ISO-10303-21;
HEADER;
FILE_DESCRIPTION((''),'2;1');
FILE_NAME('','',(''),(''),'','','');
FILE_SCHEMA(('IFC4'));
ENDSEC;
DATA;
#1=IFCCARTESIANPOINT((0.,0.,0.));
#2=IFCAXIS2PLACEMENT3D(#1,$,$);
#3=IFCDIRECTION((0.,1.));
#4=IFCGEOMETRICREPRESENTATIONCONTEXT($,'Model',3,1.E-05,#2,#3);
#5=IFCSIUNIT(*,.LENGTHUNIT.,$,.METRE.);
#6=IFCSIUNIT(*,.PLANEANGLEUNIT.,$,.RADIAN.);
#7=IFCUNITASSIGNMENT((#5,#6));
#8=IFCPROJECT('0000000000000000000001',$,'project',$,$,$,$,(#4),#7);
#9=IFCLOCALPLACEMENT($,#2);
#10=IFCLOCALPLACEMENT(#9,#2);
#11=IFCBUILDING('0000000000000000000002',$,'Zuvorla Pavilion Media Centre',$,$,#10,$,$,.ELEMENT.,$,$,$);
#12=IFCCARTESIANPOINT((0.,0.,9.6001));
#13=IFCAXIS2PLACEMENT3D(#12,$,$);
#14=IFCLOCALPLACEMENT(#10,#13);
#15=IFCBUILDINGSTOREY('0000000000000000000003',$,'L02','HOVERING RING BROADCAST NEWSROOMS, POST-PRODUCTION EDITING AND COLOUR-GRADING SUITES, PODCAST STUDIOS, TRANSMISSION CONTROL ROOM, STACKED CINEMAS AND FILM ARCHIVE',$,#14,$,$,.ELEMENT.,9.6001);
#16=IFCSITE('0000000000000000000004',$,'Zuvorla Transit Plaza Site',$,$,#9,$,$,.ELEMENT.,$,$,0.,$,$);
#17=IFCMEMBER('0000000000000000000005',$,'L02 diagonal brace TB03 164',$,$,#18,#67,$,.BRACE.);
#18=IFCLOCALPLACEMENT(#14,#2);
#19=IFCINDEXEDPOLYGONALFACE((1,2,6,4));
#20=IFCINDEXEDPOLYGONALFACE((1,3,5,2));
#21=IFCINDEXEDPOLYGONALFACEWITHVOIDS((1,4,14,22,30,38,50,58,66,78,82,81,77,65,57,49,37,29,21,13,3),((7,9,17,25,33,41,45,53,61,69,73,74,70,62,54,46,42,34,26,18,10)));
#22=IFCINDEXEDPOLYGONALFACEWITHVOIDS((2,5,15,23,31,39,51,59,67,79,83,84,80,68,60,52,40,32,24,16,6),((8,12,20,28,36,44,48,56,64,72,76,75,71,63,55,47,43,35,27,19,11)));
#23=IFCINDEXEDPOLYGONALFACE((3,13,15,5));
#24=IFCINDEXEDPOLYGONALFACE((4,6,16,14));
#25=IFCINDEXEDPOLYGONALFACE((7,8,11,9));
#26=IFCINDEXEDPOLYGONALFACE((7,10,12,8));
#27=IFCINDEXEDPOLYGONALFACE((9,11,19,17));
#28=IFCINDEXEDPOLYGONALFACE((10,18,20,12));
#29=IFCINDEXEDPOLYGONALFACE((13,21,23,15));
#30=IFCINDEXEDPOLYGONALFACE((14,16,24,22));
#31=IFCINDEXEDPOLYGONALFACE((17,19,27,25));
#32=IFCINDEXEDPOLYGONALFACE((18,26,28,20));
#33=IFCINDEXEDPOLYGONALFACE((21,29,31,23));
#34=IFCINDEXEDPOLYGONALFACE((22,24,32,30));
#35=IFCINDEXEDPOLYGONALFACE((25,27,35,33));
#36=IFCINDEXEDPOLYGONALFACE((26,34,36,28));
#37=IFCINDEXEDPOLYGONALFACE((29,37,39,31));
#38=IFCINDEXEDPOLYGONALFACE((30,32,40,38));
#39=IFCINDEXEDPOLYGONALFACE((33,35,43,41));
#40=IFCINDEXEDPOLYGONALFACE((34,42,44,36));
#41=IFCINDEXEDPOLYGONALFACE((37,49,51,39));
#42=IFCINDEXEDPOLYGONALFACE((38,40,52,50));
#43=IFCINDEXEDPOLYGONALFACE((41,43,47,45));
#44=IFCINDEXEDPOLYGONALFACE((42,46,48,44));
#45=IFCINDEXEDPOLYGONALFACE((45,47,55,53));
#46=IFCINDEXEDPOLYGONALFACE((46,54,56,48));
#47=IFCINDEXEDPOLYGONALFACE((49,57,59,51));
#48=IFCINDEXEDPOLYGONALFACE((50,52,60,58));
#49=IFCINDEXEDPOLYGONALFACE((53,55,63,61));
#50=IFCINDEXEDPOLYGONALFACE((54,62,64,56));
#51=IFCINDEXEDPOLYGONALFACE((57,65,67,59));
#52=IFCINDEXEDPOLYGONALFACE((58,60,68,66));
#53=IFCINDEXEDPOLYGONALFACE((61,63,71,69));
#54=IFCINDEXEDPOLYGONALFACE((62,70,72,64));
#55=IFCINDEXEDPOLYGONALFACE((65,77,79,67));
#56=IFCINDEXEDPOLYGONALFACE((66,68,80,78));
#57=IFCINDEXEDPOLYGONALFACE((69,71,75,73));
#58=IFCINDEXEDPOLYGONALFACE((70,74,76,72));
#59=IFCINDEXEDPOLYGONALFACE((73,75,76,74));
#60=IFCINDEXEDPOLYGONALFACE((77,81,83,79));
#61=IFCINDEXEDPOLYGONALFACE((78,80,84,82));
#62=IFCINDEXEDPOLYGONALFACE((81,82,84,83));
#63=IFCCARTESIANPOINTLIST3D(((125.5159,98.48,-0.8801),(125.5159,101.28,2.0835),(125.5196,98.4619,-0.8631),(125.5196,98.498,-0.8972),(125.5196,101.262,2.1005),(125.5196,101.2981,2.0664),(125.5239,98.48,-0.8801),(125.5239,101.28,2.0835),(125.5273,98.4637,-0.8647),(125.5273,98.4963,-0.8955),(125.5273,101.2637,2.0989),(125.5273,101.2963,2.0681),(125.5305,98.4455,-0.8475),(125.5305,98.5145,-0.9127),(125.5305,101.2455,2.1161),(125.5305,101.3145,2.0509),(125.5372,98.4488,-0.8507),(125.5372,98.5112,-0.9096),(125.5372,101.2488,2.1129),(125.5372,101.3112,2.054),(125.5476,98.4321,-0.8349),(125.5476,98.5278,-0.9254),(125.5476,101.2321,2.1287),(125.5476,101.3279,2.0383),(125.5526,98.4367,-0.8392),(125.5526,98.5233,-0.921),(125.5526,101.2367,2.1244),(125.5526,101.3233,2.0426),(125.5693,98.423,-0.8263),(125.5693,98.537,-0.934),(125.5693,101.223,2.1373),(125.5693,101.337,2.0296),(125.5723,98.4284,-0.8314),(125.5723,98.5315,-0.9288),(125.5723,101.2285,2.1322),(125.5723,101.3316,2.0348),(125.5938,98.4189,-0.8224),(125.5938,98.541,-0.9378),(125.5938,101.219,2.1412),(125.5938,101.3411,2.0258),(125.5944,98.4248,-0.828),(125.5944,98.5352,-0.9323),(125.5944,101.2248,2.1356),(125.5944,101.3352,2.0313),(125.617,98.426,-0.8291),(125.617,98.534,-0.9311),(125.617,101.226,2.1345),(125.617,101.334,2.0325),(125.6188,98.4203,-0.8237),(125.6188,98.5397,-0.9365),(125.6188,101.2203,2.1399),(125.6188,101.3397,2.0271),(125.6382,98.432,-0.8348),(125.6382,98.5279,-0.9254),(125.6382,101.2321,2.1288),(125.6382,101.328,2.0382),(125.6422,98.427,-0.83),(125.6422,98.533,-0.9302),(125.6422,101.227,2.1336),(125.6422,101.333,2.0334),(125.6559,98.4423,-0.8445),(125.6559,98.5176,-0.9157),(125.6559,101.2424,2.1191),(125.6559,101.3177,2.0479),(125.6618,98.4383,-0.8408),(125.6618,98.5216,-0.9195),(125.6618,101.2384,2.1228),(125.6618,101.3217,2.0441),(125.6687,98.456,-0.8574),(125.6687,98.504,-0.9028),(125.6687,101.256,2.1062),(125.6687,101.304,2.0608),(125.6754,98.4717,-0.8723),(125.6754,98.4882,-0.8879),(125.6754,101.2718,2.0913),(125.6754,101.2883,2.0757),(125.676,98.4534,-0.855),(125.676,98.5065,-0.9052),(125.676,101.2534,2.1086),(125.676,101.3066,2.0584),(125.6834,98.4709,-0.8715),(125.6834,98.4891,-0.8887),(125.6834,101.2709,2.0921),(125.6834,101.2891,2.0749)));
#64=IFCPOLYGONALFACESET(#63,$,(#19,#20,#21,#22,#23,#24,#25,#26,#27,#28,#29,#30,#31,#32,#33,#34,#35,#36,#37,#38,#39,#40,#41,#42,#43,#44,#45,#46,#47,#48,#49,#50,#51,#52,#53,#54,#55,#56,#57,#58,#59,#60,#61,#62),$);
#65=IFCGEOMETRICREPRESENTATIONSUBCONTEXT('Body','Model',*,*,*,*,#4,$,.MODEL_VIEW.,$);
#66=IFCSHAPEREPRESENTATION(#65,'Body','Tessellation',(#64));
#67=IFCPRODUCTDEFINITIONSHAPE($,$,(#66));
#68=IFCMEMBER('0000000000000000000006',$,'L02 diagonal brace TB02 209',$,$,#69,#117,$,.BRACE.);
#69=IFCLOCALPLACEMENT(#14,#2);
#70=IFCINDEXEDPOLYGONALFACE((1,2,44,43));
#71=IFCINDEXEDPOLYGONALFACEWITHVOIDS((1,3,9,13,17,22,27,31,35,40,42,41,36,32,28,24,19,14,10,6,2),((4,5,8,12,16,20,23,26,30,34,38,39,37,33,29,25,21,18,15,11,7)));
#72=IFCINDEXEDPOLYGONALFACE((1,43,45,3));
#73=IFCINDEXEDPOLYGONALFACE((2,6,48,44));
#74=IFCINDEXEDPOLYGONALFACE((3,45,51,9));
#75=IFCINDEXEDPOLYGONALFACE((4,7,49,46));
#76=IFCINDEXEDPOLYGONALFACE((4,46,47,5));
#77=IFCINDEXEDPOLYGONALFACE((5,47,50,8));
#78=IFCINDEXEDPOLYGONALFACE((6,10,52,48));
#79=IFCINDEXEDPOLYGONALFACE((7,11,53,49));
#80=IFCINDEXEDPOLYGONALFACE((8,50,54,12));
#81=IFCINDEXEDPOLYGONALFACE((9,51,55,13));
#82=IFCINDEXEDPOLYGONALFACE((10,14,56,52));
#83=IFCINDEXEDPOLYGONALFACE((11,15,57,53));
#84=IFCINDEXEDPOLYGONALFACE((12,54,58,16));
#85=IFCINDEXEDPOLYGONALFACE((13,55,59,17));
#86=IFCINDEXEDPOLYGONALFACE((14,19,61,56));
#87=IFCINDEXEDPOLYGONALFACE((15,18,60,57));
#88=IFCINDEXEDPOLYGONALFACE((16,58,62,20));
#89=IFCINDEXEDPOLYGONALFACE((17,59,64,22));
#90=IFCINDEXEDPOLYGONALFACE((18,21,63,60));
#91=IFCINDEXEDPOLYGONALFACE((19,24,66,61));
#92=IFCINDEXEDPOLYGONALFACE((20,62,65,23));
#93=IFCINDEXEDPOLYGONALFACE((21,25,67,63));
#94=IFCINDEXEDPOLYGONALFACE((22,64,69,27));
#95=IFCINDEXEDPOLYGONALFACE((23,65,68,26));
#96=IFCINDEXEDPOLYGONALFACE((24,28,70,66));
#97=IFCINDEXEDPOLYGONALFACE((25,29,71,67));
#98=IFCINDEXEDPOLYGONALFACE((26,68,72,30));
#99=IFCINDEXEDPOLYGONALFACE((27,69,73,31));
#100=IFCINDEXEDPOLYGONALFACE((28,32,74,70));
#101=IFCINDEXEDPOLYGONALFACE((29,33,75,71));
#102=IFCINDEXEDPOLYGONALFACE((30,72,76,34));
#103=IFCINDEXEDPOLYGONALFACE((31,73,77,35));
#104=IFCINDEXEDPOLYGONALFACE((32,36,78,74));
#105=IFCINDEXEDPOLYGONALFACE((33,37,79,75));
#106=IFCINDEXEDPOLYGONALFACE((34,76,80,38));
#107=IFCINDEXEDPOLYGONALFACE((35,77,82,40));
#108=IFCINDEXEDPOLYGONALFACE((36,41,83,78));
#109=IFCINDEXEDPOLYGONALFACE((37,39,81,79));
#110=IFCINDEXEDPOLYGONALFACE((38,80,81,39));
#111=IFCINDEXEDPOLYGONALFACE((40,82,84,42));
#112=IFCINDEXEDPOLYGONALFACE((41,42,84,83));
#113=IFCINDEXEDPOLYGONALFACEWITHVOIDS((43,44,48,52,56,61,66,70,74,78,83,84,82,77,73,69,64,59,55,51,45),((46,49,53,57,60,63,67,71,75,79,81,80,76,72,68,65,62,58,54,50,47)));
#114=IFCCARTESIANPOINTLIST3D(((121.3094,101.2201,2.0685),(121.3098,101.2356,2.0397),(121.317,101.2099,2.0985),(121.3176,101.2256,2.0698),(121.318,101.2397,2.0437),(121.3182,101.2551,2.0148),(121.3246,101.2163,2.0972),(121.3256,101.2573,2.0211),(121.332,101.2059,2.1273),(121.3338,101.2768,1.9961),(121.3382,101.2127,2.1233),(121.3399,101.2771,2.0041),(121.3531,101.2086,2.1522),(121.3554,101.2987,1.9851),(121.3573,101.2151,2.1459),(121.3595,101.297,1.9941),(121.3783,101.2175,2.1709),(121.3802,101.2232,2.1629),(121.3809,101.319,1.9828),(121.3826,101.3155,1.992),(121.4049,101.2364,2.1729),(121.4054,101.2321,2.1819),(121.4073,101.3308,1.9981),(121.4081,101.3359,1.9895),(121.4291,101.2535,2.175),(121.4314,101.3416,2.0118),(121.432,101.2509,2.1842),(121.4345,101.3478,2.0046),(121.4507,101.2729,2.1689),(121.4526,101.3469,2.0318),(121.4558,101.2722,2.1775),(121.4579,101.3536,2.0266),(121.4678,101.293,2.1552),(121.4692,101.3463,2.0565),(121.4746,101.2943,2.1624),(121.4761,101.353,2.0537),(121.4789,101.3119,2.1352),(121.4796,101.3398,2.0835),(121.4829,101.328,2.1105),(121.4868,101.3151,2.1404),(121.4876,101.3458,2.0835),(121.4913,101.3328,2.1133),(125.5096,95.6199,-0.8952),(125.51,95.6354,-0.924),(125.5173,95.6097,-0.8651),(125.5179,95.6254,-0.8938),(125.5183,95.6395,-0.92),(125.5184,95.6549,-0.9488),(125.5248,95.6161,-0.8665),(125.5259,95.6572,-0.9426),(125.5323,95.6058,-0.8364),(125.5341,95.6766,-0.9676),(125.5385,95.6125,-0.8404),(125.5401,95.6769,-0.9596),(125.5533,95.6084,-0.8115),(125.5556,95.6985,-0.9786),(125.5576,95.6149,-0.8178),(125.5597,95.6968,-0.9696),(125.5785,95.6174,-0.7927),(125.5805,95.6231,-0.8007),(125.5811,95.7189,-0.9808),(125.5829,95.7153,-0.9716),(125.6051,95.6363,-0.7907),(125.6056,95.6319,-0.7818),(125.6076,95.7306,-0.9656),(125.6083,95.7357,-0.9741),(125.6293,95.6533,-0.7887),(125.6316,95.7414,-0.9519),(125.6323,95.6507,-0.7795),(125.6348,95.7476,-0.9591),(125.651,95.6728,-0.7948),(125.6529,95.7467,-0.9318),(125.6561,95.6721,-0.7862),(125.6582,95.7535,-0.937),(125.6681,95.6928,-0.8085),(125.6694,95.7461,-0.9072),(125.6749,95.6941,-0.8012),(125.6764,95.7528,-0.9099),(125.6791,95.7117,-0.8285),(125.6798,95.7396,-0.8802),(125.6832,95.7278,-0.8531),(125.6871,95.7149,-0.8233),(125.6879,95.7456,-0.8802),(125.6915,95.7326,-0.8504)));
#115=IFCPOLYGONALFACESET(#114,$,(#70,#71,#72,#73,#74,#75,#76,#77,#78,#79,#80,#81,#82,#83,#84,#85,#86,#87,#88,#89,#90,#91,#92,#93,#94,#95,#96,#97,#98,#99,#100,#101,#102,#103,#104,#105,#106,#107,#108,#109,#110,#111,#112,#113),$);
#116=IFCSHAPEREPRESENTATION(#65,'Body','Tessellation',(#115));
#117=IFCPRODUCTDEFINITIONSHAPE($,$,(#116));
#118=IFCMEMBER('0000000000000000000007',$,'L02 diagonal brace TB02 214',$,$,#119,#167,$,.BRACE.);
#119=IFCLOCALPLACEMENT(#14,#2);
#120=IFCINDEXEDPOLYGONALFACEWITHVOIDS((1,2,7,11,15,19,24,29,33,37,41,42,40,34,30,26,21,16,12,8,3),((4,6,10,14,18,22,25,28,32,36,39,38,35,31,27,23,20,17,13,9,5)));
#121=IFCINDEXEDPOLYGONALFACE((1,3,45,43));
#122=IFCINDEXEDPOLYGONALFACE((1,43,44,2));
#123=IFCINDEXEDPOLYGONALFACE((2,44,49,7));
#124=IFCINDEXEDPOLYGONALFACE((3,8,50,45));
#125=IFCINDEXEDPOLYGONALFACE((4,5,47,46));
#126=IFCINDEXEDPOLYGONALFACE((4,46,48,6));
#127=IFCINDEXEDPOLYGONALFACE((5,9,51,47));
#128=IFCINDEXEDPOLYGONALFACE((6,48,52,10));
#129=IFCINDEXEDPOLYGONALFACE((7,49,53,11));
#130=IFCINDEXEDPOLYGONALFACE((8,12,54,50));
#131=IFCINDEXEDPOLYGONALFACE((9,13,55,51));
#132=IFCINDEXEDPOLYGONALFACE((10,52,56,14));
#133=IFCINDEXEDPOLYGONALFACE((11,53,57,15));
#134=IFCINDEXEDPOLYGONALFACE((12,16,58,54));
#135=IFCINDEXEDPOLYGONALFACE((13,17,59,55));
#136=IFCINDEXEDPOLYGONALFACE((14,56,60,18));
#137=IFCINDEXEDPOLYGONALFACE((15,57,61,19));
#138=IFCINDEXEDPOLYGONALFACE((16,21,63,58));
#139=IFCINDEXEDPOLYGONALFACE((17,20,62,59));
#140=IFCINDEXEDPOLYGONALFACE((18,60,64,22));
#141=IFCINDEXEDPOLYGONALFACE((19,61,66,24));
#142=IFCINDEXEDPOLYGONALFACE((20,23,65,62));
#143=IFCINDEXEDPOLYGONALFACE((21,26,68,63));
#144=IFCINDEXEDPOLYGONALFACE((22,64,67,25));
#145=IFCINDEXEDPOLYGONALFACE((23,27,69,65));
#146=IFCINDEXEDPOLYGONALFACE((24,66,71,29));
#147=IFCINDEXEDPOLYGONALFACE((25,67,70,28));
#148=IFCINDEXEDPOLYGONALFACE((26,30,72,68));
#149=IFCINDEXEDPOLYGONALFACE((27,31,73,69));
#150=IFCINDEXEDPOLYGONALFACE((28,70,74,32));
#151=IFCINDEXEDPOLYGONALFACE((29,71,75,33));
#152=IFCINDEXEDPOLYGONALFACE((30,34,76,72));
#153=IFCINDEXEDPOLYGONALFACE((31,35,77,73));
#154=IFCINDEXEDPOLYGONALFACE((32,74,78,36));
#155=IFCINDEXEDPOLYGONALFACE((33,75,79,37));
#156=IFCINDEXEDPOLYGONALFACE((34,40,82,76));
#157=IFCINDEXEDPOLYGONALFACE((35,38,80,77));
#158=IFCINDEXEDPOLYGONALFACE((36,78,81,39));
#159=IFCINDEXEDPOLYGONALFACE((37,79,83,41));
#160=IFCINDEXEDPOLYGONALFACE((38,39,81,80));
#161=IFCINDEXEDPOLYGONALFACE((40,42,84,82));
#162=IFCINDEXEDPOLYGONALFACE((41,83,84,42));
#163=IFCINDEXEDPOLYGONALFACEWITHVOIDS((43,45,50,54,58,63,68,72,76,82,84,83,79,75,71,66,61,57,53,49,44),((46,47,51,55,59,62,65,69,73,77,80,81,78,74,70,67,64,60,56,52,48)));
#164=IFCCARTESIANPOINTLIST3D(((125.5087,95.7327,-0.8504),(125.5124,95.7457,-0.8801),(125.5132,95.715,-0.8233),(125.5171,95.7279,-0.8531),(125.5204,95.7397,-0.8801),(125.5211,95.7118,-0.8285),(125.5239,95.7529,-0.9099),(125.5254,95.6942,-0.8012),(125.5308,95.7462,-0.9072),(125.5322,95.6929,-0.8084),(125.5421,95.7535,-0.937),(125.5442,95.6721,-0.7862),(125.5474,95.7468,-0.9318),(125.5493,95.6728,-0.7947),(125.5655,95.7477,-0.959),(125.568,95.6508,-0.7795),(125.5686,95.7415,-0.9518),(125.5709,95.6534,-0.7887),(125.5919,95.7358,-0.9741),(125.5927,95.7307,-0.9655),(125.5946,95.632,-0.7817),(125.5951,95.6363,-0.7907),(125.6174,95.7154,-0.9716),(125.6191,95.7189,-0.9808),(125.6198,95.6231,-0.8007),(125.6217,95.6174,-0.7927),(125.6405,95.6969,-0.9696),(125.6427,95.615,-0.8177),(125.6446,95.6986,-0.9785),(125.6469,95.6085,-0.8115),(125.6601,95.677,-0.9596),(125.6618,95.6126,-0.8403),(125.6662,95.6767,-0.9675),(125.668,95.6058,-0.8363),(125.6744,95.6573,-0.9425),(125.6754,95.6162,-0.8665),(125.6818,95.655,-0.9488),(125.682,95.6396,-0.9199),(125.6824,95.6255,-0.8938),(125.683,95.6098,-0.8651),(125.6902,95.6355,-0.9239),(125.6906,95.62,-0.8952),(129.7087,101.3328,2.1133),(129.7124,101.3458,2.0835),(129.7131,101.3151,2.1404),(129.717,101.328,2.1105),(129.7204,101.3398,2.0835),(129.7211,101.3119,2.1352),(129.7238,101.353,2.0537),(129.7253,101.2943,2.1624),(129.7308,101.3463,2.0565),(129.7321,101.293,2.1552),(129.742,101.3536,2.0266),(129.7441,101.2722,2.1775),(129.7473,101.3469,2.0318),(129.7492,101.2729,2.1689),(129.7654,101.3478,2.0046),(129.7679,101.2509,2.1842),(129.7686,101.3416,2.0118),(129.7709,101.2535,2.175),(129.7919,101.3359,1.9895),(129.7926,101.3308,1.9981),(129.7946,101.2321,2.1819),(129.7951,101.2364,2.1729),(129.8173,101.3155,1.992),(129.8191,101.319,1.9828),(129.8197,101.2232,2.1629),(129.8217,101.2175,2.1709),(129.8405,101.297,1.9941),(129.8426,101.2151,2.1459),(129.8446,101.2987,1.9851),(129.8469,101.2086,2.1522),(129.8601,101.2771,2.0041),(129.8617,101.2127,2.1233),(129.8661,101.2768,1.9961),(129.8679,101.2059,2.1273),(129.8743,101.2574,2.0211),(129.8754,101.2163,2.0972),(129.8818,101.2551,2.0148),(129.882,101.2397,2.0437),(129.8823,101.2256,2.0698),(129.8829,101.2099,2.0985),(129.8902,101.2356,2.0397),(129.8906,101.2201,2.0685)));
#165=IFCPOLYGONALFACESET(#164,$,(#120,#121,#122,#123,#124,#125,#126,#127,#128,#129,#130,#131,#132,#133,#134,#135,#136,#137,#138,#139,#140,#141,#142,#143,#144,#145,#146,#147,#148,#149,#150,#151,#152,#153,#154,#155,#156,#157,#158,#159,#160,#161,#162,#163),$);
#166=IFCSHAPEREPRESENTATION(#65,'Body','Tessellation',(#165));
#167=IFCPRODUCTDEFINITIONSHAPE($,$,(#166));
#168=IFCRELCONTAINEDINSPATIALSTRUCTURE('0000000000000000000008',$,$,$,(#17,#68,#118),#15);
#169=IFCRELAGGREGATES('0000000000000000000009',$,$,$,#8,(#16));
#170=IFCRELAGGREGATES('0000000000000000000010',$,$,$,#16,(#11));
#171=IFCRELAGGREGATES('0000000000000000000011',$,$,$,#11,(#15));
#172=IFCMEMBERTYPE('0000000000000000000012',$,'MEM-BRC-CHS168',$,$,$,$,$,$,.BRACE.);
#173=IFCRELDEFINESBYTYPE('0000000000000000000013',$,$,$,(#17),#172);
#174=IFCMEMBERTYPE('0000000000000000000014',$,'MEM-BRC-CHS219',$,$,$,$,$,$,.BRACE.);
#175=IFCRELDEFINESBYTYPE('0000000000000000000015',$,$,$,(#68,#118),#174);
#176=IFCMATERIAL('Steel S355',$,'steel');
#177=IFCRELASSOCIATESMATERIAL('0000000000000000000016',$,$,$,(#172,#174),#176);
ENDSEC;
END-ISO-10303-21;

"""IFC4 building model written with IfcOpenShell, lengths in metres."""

from ifc_helpers import new_model, si_unit, direction, frame, origin, origin_2d, place, context, subcontext, project, spatial, hollow_circle, extrude, material, material_profile, profile_set, type_object, element, save


model = new_model("IFC4")

# Units and contexts
model_context = context("Model", 3, precision=1e-05, world=origin(), true_north=direction((0.0, 1.0)))
body_context = subcontext(model_context, "Body", "Model", "MODEL_VIEW")
ifc_project = project(units=[si_unit("LENGTHUNIT", "METRE"), si_unit("PLANEANGLEUNIT", "RADIAN")], contexts=[model_context])

# Site, building, storey
site_placement = place(None, origin())
site = spatial("IfcSite", under=ifc_project, at=site_placement, Name="Zuvorla Transit Plaza Site", CompositionType="ELEMENT", RefElevation=0.0)
building_placement = place(site_placement, origin())
building = spatial("IfcBuilding", under=site, at=building_placement, Name="Zuvorla Pavilion Media Centre", CompositionType="ELEMENT")
storey_placement = place(building_placement, frame((0.0, 0.0, 9.6001)))
storey = spatial("IfcBuildingStorey", under=building, at=storey_placement, Name="L02", Description="HOVERING RING BROADCAST NEWSROOMS, POST-PRODUCTION EDITING AND COLOUR-GRADING SUITES, PODCAST STUDIOS, TRANSMISSION CONTROL ROOM, STACKED CINEMAS AND FILM ARCHIVE", CompositionType="ELEMENT", Elevation=9.6001)

# Shared definitions
ifc_material_1 = material(Name="Steel S355", Category="steel")

# Members
ifc_material_profile_1 = material_profile(ifc_material_1, hollow_circle(Radius=0.0842, WallThickness=0.0081, at=origin_2d()), Name="CHS 168.3x8")
ifc_profile_set_1 = profile_set([ifc_material_profile_1], Name="Steel S355")
member_type_1 = type_object("IfcMemberType", Name="MEM-BRC-CHS168", PredefinedType="BRACE", material=ifc_profile_set_1)
member_1_placement = place(storey_placement, frame((125.6001, 98.48, -0.8801), z_axis=(0.0, 0.686762, 0.726882), x_axis=(-1.0, 0.0, 0.0)))
element("IfcMember", 1, at=member_1_placement, inside=storey, type_object=member_type_1, Name="L02 diagonal brace TB03 164", PredefinedType="BRACE", context=body_context, shape_type="SweptSolid", body=[
    extrude(hollow_circle(Radius=0.0842, WallThickness=0.0081, at=origin_2d()), origin(), (0.0, 0.0, 1.0), 4.0771),
])
ifc_material_profile_2 = material_profile(ifc_material_1, hollow_circle(Radius=0.1096, WallThickness=0.01, at=origin_2d()), Name="CHS 219.1x10")
ifc_profile_set_2 = profile_set([ifc_material_profile_2], Name="Steel S355")
member_type_2 = type_object("IfcMemberType", Name="MEM-BRC-CHS219", PredefinedType="BRACE", material=ifc_profile_set_2)
member_2_placement = place(storey_placement, frame((121.3999, 101.28, 2.0835), z_axis=(0.552534, -0.73669, -0.389863), x_axis=(0.799992, 0.600011, 0.0)))
element("IfcMember", 2, at=member_2_placement, inside=storey, type_object=member_type_2, Name="L02 diagonal brace TB02 209", PredefinedType="BRACE", context=body_context, shape_type="SweptSolid", body=[
    extrude(hollow_circle(Radius=0.1096, WallThickness=0.01, at=origin_2d()), origin(), (0.0, 0.0, 1.0), 7.6018),
])
member_3_placement = place(storey_placement, frame((125.6001, 95.6799, -0.8801), z_axis=(0.552512, 0.736704, 0.38987), x_axis=(-0.800008, 0.599989, 0.0)))
element("IfcMember", 3, at=member_3_placement, inside=storey, type_object=member_type_2, Name="L02 diagonal brace TB02 214", PredefinedType="BRACE", context=body_context, shape_type="SweptSolid", body=[
    extrude(hollow_circle(Radius=0.1096, WallThickness=0.01, at=origin_2d()), origin(), (0.0, 0.0, 1.0), 7.6016),
])

save(model, "model.ifc")
